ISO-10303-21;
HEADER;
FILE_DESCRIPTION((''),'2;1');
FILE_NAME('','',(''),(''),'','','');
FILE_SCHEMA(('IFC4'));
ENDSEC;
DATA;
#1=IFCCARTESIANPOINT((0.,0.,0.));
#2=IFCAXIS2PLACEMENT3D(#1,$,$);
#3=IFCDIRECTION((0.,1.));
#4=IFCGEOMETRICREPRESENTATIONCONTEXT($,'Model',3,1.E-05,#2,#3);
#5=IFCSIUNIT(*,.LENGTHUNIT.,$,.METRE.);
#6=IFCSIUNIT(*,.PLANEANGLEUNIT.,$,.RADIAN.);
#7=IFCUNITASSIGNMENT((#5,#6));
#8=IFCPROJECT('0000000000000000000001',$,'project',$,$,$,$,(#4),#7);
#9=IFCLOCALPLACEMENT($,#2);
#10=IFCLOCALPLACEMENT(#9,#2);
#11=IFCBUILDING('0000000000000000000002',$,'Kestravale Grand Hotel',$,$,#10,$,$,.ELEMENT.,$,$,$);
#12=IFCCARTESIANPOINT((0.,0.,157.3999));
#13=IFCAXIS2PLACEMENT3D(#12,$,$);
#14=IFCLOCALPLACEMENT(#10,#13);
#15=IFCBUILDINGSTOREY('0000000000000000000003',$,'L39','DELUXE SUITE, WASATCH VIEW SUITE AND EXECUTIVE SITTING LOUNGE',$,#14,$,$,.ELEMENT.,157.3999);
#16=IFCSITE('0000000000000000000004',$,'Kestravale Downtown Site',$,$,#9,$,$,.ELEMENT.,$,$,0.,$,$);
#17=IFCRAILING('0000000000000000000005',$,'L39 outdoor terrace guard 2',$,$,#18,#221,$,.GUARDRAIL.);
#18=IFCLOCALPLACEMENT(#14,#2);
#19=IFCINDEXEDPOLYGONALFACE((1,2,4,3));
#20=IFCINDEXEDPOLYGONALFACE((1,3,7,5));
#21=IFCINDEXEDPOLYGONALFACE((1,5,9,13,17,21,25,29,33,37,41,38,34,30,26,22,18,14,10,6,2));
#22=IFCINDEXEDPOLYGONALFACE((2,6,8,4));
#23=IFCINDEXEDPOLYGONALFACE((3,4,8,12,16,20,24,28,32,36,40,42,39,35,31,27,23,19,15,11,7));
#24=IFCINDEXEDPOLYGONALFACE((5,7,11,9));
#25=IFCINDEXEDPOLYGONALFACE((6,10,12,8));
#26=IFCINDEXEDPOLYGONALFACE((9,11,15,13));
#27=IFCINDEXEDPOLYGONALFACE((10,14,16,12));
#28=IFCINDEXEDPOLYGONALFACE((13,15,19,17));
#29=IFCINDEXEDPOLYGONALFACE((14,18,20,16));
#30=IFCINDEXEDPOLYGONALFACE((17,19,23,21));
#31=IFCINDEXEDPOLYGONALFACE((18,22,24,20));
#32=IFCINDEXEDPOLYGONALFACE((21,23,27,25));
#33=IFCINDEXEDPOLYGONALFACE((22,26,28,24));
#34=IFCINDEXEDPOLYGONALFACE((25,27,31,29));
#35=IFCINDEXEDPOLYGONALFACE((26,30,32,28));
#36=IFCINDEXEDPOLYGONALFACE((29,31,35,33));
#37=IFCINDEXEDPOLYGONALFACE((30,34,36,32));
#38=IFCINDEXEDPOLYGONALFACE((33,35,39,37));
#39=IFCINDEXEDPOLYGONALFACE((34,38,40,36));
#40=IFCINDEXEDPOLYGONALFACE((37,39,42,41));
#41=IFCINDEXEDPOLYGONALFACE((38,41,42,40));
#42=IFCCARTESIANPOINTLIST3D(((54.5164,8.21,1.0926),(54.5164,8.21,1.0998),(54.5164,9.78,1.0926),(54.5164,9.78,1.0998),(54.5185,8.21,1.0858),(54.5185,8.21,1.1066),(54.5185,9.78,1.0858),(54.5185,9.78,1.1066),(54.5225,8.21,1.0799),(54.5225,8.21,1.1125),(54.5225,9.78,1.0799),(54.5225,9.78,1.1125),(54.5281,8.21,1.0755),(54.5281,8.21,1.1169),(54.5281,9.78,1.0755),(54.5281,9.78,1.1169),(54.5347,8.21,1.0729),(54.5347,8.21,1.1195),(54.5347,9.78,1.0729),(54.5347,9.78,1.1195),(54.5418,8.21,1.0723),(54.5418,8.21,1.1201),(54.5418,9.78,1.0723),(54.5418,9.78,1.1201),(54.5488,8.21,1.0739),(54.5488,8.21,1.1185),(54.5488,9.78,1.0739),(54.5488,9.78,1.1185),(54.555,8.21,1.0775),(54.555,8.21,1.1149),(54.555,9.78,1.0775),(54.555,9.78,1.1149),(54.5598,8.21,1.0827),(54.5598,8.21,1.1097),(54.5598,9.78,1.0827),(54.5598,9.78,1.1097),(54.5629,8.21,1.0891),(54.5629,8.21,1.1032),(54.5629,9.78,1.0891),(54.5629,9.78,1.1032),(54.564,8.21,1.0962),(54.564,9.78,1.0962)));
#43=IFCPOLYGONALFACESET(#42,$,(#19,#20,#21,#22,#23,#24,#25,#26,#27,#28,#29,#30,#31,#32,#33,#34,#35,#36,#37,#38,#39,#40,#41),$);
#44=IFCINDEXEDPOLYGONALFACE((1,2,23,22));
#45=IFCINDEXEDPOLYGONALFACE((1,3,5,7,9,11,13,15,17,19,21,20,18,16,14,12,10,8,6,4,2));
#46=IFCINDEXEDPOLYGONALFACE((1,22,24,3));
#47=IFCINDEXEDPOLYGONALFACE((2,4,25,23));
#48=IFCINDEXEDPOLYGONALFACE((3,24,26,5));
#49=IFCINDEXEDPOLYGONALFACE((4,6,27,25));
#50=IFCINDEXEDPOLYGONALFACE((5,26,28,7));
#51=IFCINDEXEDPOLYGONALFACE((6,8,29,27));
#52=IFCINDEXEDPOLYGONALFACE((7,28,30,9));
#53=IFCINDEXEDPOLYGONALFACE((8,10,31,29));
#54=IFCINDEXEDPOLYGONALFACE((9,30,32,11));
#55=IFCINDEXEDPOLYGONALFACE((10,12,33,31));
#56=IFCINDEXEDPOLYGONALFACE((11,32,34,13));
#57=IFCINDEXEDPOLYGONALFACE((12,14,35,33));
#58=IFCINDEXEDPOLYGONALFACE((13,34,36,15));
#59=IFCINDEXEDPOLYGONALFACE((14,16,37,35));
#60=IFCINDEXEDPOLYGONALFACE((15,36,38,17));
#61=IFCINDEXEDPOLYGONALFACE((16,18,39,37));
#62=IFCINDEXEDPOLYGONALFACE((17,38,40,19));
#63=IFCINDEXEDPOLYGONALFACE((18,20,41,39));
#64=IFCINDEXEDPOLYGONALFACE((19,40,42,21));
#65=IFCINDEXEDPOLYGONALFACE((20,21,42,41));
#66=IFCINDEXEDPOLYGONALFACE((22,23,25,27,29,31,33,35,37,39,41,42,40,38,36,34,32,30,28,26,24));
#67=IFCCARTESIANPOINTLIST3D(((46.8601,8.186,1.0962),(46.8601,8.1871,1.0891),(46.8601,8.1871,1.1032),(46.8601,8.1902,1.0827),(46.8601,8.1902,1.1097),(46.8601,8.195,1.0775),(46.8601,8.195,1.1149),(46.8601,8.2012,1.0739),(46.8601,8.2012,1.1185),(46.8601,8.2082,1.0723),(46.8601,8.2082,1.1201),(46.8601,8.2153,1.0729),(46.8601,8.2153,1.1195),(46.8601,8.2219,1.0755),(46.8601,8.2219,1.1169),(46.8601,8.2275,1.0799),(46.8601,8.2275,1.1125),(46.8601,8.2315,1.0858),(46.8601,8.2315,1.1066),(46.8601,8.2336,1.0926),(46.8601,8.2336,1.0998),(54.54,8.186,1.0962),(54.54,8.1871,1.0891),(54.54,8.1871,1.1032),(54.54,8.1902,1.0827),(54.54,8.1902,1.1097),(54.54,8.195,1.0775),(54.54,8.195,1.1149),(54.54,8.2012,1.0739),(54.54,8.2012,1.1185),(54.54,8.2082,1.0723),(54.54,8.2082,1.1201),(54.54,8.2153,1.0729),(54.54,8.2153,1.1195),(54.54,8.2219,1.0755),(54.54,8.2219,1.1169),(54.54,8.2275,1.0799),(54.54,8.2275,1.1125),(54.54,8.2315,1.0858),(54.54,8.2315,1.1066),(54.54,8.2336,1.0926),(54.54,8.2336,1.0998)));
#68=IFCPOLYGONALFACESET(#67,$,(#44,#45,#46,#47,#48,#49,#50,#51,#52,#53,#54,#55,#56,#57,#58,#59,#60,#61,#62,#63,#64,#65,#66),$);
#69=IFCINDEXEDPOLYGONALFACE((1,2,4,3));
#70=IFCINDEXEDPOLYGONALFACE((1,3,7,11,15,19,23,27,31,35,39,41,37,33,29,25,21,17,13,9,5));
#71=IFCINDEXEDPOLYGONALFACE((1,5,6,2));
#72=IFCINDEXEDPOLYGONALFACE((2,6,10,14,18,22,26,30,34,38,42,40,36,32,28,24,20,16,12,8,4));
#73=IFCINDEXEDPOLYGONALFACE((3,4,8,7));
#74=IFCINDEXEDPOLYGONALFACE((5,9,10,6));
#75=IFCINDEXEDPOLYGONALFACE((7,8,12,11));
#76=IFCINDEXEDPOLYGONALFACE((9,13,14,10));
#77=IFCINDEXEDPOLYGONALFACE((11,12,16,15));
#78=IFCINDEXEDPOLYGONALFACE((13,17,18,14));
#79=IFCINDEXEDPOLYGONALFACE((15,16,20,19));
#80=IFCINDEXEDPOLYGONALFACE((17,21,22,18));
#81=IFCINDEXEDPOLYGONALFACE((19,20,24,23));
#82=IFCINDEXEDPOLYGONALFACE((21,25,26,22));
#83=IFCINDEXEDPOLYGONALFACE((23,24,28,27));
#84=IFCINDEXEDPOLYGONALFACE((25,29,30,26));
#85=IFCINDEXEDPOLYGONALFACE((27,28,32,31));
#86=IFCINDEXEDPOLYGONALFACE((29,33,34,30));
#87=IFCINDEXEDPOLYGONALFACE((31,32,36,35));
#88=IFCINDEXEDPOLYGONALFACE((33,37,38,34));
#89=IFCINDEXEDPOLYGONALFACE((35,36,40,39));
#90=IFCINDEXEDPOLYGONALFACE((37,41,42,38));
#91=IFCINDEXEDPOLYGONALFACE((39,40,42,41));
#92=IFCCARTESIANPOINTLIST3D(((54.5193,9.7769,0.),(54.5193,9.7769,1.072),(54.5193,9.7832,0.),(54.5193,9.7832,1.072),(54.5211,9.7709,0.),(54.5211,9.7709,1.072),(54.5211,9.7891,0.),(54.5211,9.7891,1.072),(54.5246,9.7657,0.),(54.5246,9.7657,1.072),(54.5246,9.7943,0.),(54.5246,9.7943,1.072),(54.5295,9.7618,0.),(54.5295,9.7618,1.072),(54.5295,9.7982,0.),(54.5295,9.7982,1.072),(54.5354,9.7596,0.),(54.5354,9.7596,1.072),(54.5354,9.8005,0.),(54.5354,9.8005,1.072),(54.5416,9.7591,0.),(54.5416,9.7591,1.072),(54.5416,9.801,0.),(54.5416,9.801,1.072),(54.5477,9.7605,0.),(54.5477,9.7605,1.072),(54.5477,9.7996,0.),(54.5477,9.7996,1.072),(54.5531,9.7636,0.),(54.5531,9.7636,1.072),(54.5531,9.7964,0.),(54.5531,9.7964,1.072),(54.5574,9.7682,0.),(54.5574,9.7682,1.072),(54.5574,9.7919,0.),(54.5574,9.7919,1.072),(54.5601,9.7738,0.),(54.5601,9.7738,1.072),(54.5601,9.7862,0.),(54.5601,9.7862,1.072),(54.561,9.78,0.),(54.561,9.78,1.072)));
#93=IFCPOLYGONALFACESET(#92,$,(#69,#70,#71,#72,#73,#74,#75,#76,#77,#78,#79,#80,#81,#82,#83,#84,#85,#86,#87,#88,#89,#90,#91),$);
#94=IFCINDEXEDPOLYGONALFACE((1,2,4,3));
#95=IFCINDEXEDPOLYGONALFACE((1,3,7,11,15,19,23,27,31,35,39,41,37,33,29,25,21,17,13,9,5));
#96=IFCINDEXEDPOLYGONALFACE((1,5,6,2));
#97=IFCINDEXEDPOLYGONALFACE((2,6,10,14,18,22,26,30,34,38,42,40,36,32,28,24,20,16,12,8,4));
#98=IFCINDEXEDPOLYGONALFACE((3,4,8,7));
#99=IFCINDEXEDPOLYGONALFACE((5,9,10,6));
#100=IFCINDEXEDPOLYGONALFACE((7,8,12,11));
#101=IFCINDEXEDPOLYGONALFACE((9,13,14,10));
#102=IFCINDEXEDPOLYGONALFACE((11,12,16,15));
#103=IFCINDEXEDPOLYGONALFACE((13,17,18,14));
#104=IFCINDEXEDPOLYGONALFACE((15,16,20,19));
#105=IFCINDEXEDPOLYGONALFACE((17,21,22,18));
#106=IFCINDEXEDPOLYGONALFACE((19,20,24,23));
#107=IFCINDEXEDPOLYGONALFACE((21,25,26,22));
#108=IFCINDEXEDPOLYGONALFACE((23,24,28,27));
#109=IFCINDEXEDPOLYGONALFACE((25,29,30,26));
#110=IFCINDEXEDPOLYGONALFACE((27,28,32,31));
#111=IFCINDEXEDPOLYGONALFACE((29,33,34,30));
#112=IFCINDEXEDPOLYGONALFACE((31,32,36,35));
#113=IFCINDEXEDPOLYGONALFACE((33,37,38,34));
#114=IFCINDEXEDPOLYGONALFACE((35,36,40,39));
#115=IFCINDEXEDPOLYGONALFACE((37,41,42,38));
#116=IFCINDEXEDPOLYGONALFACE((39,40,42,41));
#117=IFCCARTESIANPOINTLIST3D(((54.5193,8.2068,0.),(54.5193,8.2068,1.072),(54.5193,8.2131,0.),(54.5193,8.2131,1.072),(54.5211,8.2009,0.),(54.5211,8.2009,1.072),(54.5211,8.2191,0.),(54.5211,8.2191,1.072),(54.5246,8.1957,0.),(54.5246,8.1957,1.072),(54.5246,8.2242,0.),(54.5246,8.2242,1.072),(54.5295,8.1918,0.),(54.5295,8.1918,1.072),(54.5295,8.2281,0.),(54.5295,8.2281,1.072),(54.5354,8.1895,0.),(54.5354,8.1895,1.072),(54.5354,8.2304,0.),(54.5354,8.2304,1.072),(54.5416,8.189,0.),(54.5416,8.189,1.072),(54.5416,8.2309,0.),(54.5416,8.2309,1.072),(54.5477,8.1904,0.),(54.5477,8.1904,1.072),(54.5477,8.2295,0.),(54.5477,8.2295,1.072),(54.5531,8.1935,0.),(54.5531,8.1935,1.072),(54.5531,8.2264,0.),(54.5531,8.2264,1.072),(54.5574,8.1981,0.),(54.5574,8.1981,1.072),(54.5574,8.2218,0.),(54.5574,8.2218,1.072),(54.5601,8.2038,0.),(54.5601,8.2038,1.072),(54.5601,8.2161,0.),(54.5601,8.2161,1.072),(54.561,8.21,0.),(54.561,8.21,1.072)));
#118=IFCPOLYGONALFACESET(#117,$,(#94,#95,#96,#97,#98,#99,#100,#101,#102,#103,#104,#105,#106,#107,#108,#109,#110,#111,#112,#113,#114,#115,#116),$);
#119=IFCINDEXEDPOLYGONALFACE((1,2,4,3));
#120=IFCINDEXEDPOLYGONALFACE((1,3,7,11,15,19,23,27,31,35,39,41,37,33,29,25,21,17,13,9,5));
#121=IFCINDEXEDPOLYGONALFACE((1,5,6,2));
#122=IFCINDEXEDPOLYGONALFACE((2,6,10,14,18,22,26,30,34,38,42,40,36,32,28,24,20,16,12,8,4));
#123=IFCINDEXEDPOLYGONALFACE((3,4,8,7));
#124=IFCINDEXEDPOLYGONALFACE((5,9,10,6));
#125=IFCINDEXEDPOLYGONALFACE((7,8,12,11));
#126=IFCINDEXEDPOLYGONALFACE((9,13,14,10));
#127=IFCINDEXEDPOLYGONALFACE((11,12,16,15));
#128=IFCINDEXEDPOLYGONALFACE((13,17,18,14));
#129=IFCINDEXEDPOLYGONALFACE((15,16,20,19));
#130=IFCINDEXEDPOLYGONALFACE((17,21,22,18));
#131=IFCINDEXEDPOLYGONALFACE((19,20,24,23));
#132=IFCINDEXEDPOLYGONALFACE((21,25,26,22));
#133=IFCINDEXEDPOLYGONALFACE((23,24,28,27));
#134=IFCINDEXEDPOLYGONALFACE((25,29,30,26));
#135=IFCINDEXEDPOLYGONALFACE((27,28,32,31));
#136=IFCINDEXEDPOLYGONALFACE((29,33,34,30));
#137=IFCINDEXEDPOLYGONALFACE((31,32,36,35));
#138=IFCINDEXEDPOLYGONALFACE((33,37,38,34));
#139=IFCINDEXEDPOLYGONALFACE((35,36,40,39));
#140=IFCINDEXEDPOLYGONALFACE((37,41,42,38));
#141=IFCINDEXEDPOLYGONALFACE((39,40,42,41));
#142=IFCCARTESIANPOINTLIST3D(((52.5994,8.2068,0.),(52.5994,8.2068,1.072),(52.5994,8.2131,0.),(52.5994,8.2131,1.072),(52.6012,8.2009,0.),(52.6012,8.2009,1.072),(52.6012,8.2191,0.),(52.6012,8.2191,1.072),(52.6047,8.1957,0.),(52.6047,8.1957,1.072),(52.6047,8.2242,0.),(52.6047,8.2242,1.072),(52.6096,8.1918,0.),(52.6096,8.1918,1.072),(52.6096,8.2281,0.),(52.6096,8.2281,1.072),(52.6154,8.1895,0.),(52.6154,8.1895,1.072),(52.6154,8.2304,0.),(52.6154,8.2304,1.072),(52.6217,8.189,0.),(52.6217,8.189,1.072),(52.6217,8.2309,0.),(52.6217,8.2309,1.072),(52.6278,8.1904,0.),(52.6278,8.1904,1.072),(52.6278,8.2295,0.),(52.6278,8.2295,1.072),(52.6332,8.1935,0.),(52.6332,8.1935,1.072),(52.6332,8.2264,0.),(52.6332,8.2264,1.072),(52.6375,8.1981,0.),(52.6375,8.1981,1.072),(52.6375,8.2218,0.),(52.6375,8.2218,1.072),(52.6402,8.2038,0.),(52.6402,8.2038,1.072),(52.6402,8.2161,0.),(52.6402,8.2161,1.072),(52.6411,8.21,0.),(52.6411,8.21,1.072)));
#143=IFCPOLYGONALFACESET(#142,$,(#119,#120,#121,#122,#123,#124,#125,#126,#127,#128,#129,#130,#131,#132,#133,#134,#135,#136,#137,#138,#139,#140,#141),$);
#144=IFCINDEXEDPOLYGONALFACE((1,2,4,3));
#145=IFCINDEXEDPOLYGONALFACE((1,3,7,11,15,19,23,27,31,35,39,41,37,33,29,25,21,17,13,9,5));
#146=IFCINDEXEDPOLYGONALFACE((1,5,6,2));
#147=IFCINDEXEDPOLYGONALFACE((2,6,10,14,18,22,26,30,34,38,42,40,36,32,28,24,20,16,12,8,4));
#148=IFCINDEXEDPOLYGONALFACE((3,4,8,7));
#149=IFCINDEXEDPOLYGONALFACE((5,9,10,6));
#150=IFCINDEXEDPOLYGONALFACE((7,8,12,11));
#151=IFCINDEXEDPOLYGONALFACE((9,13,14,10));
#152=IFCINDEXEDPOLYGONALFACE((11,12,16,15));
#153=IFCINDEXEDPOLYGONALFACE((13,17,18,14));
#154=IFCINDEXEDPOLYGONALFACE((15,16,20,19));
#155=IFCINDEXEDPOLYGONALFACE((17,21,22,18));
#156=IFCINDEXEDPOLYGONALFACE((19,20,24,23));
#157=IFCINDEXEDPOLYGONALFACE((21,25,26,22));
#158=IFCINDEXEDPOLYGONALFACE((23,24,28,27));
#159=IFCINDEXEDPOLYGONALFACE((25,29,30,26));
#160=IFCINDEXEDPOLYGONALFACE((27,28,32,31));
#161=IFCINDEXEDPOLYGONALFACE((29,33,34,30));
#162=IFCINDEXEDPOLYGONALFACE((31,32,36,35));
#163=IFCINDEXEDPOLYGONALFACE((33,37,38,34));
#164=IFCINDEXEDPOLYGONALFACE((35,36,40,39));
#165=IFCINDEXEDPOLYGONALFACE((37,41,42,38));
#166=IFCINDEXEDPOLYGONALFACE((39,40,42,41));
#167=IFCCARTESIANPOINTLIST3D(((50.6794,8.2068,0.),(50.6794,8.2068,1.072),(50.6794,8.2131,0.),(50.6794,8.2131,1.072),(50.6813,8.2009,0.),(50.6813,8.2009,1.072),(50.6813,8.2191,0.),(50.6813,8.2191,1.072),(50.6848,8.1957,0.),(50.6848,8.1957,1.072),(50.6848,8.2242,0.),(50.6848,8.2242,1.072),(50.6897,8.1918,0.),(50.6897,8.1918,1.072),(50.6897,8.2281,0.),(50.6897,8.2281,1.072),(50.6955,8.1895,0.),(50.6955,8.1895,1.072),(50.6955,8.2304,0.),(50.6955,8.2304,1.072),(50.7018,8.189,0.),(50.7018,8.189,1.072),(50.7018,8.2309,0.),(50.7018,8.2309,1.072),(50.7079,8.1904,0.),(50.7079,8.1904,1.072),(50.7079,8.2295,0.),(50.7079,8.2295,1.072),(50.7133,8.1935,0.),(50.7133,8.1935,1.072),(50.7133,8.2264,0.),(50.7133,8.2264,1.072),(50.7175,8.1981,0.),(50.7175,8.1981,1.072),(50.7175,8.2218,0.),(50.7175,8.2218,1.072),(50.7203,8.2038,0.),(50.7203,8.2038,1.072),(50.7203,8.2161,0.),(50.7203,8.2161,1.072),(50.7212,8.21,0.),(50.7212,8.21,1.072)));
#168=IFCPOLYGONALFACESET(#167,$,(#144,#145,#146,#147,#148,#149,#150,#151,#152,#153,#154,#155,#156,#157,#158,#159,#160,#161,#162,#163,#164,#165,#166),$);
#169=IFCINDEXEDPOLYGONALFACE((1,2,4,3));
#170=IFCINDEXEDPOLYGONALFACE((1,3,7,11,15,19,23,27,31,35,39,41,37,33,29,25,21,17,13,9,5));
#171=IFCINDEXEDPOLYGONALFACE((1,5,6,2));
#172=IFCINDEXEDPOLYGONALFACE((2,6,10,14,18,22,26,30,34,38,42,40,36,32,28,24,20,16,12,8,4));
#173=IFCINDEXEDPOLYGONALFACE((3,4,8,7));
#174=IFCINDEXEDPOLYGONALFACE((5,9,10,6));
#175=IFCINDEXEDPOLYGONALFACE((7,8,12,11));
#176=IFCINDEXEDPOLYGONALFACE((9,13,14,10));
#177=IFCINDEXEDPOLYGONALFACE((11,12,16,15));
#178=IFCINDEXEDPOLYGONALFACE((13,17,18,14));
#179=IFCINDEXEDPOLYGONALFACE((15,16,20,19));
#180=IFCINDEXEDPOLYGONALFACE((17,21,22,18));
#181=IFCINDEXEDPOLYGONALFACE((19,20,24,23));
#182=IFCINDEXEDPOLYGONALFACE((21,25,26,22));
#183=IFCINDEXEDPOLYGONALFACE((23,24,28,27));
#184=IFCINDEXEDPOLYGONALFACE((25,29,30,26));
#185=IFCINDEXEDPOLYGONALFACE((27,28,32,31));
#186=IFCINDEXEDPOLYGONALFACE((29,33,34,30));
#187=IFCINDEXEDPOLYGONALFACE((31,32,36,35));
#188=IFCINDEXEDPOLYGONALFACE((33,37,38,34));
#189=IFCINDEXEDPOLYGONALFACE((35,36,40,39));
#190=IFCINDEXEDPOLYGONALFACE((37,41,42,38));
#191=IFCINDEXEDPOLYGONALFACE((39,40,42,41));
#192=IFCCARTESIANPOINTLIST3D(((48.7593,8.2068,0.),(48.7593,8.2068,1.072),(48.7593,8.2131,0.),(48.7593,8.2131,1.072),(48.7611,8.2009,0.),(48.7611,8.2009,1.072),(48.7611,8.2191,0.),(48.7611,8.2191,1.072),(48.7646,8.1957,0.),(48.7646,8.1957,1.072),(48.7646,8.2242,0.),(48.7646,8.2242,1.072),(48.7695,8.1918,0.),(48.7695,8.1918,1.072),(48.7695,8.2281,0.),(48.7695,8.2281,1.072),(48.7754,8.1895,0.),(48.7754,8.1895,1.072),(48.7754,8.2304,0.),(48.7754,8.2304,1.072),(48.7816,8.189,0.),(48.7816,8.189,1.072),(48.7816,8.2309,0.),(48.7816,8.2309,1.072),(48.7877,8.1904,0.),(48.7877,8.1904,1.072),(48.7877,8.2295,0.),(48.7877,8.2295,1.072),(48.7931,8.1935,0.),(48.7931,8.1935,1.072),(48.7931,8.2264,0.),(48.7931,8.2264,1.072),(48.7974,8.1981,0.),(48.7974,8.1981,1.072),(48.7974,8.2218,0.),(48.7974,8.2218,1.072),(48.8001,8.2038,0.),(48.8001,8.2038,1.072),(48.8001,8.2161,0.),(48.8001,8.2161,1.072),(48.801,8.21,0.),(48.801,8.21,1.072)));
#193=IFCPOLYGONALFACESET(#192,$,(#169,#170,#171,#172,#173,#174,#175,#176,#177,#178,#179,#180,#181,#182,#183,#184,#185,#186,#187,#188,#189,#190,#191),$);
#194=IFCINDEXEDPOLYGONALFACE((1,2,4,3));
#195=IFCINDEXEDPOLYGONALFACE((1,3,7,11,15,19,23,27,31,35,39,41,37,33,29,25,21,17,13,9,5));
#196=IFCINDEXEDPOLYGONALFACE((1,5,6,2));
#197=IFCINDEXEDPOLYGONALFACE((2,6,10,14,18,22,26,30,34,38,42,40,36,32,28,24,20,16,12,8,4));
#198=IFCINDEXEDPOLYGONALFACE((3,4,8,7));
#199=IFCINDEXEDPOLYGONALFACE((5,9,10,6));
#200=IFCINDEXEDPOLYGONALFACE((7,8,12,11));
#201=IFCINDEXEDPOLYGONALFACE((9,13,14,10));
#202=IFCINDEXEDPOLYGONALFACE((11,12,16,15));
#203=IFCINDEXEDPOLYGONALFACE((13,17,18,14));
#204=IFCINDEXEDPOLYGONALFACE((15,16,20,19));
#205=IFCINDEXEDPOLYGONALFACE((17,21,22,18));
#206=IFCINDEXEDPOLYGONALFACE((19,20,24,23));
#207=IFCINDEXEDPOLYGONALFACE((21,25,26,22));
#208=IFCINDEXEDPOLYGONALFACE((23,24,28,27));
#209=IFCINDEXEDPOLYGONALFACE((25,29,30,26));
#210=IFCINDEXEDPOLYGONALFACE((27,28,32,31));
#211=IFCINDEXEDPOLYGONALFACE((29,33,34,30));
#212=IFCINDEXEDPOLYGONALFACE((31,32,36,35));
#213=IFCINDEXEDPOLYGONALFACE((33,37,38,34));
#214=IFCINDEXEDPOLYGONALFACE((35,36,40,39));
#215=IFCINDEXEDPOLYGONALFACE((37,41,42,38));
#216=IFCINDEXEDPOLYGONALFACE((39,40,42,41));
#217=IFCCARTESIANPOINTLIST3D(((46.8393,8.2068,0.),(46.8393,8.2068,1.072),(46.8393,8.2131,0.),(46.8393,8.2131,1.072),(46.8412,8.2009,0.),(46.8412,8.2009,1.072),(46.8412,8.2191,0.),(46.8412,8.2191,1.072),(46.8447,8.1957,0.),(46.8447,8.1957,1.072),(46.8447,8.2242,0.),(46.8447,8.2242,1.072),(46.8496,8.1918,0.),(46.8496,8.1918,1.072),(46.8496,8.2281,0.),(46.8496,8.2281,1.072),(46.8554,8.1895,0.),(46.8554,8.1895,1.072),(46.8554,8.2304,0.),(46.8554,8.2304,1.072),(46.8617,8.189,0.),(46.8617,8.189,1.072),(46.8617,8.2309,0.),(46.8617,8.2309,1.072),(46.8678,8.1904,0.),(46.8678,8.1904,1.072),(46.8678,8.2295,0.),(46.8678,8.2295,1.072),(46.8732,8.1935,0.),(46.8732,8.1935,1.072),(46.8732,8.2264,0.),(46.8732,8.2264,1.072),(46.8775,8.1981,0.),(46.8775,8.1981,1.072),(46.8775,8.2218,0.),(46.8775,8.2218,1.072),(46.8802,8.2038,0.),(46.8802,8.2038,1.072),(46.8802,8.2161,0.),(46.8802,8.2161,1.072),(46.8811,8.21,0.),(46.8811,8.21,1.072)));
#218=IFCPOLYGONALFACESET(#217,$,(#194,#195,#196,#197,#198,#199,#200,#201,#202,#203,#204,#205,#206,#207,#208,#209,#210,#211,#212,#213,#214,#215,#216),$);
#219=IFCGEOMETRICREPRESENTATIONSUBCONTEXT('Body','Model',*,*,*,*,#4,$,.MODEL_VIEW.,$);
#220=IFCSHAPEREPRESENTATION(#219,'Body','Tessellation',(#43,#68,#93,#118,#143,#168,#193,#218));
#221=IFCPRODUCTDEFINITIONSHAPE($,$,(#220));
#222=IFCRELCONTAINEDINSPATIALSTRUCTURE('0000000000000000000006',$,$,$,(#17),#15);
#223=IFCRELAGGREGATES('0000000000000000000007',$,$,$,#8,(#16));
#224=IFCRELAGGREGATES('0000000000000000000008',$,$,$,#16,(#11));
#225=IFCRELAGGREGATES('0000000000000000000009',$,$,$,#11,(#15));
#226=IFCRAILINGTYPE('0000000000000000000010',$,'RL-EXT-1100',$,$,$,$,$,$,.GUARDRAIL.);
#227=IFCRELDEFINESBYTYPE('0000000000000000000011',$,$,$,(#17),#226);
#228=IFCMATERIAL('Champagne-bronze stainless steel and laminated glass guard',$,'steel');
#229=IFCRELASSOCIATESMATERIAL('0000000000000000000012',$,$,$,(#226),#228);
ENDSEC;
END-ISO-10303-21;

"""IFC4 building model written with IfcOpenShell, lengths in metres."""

from ifc_helpers import new_model, si_unit, direction, frame, origin, origin_2d, place, context, subcontext, project, spatial, circle, extrude, material, type_object, element, save


model = new_model("IFC4")

# Units and contexts
model_context = context("Model", 3, precision=1e-05, world=origin(), true_north=direction((0.0, 1.0)))
body_context = subcontext(model_context, "Body", "Model", "MODEL_VIEW")
ifc_project = project(units=[si_unit("LENGTHUNIT", "METRE"), si_unit("PLANEANGLEUNIT", "RADIAN")], contexts=[model_context])

# Site, building, storey
site_placement = place(None, origin())
site = spatial("IfcSite", under=ifc_project, at=site_placement, Name="Kestravale Downtown Site", CompositionType="ELEMENT", RefElevation=0.0)
building_placement = place(site_placement, origin())
building = spatial("IfcBuilding", under=site, at=building_placement, Name="Kestravale Grand Hotel", CompositionType="ELEMENT")
storey_placement = place(building_placement, frame((0.0, 0.0, 157.3999)))
storey = spatial("IfcBuildingStorey", under=building, at=storey_placement, Name="L39", Description="DELUXE SUITE, WASATCH VIEW SUITE AND EXECUTIVE SITTING LOUNGE", CompositionType="ELEMENT", Elevation=157.3999)

# Railing
ifc_material_1 = material(Name="Champagne-bronze stainless steel and laminated glass guard", Category="steel")
railing_type = type_object("IfcRailingType", Name="RL-EXT-1100", PredefinedType="GUARDRAIL", material=ifc_material_1)
railing_1_placement = place(storey_placement, frame((54.54, 9.78, 0.0)))
element("IfcRailing", 1, at=railing_1_placement, inside=storey, type_object=railing_type, Name="L39 outdoor terrace guard 2", PredefinedType="GUARDRAIL", context=body_context, shape_type="SweptSolid", body=[
    extrude(circle(Radius=0.0239, at=origin_2d()), frame((0.0, 0.0, 1.0962), z_axis=(0.0, -1.0, 0.0), x_axis=(1.0, 0.0, 0.0)), (0.0, 0.0, 1.0), 1.5701),
    extrude(circle(Radius=0.0239, at=origin_2d()), frame((0.0, -1.5701, 1.0962), z_axis=(-1.0, 0.0, 0.0), x_axis=(0.0, -1.0, 0.0)), (0.0, 0.0, 1.0), 7.6799),
    extrude(circle(Radius=0.021, at=origin_2d()), origin(), (0.0, 0.0, 1.0), 1.072),
    extrude(circle(Radius=0.021, at=origin_2d()), frame((0.0, -1.5701, 0.0)), (0.0, 0.0, 1.0), 1.072),
    extrude(circle(Radius=0.021, at=origin_2d()), frame((-1.9199, -1.5701, 0.0)), (0.0, 0.0, 1.0), 1.072),
    extrude(circle(Radius=0.021, at=origin_2d()), frame((-3.8398, -1.5701, 0.0)), (0.0, 0.0, 1.0), 1.072),
    extrude(circle(Radius=0.021, at=origin_2d()), frame((-5.76, -1.5701, 0.0)), (0.0, 0.0, 1.0), 1.072),
    extrude(circle(Radius=0.021, at=origin_2d()), frame((-7.6799, -1.5701, 0.0)), (0.0, 0.0, 1.0), 1.072),
])

save(model, "model.ifc")
